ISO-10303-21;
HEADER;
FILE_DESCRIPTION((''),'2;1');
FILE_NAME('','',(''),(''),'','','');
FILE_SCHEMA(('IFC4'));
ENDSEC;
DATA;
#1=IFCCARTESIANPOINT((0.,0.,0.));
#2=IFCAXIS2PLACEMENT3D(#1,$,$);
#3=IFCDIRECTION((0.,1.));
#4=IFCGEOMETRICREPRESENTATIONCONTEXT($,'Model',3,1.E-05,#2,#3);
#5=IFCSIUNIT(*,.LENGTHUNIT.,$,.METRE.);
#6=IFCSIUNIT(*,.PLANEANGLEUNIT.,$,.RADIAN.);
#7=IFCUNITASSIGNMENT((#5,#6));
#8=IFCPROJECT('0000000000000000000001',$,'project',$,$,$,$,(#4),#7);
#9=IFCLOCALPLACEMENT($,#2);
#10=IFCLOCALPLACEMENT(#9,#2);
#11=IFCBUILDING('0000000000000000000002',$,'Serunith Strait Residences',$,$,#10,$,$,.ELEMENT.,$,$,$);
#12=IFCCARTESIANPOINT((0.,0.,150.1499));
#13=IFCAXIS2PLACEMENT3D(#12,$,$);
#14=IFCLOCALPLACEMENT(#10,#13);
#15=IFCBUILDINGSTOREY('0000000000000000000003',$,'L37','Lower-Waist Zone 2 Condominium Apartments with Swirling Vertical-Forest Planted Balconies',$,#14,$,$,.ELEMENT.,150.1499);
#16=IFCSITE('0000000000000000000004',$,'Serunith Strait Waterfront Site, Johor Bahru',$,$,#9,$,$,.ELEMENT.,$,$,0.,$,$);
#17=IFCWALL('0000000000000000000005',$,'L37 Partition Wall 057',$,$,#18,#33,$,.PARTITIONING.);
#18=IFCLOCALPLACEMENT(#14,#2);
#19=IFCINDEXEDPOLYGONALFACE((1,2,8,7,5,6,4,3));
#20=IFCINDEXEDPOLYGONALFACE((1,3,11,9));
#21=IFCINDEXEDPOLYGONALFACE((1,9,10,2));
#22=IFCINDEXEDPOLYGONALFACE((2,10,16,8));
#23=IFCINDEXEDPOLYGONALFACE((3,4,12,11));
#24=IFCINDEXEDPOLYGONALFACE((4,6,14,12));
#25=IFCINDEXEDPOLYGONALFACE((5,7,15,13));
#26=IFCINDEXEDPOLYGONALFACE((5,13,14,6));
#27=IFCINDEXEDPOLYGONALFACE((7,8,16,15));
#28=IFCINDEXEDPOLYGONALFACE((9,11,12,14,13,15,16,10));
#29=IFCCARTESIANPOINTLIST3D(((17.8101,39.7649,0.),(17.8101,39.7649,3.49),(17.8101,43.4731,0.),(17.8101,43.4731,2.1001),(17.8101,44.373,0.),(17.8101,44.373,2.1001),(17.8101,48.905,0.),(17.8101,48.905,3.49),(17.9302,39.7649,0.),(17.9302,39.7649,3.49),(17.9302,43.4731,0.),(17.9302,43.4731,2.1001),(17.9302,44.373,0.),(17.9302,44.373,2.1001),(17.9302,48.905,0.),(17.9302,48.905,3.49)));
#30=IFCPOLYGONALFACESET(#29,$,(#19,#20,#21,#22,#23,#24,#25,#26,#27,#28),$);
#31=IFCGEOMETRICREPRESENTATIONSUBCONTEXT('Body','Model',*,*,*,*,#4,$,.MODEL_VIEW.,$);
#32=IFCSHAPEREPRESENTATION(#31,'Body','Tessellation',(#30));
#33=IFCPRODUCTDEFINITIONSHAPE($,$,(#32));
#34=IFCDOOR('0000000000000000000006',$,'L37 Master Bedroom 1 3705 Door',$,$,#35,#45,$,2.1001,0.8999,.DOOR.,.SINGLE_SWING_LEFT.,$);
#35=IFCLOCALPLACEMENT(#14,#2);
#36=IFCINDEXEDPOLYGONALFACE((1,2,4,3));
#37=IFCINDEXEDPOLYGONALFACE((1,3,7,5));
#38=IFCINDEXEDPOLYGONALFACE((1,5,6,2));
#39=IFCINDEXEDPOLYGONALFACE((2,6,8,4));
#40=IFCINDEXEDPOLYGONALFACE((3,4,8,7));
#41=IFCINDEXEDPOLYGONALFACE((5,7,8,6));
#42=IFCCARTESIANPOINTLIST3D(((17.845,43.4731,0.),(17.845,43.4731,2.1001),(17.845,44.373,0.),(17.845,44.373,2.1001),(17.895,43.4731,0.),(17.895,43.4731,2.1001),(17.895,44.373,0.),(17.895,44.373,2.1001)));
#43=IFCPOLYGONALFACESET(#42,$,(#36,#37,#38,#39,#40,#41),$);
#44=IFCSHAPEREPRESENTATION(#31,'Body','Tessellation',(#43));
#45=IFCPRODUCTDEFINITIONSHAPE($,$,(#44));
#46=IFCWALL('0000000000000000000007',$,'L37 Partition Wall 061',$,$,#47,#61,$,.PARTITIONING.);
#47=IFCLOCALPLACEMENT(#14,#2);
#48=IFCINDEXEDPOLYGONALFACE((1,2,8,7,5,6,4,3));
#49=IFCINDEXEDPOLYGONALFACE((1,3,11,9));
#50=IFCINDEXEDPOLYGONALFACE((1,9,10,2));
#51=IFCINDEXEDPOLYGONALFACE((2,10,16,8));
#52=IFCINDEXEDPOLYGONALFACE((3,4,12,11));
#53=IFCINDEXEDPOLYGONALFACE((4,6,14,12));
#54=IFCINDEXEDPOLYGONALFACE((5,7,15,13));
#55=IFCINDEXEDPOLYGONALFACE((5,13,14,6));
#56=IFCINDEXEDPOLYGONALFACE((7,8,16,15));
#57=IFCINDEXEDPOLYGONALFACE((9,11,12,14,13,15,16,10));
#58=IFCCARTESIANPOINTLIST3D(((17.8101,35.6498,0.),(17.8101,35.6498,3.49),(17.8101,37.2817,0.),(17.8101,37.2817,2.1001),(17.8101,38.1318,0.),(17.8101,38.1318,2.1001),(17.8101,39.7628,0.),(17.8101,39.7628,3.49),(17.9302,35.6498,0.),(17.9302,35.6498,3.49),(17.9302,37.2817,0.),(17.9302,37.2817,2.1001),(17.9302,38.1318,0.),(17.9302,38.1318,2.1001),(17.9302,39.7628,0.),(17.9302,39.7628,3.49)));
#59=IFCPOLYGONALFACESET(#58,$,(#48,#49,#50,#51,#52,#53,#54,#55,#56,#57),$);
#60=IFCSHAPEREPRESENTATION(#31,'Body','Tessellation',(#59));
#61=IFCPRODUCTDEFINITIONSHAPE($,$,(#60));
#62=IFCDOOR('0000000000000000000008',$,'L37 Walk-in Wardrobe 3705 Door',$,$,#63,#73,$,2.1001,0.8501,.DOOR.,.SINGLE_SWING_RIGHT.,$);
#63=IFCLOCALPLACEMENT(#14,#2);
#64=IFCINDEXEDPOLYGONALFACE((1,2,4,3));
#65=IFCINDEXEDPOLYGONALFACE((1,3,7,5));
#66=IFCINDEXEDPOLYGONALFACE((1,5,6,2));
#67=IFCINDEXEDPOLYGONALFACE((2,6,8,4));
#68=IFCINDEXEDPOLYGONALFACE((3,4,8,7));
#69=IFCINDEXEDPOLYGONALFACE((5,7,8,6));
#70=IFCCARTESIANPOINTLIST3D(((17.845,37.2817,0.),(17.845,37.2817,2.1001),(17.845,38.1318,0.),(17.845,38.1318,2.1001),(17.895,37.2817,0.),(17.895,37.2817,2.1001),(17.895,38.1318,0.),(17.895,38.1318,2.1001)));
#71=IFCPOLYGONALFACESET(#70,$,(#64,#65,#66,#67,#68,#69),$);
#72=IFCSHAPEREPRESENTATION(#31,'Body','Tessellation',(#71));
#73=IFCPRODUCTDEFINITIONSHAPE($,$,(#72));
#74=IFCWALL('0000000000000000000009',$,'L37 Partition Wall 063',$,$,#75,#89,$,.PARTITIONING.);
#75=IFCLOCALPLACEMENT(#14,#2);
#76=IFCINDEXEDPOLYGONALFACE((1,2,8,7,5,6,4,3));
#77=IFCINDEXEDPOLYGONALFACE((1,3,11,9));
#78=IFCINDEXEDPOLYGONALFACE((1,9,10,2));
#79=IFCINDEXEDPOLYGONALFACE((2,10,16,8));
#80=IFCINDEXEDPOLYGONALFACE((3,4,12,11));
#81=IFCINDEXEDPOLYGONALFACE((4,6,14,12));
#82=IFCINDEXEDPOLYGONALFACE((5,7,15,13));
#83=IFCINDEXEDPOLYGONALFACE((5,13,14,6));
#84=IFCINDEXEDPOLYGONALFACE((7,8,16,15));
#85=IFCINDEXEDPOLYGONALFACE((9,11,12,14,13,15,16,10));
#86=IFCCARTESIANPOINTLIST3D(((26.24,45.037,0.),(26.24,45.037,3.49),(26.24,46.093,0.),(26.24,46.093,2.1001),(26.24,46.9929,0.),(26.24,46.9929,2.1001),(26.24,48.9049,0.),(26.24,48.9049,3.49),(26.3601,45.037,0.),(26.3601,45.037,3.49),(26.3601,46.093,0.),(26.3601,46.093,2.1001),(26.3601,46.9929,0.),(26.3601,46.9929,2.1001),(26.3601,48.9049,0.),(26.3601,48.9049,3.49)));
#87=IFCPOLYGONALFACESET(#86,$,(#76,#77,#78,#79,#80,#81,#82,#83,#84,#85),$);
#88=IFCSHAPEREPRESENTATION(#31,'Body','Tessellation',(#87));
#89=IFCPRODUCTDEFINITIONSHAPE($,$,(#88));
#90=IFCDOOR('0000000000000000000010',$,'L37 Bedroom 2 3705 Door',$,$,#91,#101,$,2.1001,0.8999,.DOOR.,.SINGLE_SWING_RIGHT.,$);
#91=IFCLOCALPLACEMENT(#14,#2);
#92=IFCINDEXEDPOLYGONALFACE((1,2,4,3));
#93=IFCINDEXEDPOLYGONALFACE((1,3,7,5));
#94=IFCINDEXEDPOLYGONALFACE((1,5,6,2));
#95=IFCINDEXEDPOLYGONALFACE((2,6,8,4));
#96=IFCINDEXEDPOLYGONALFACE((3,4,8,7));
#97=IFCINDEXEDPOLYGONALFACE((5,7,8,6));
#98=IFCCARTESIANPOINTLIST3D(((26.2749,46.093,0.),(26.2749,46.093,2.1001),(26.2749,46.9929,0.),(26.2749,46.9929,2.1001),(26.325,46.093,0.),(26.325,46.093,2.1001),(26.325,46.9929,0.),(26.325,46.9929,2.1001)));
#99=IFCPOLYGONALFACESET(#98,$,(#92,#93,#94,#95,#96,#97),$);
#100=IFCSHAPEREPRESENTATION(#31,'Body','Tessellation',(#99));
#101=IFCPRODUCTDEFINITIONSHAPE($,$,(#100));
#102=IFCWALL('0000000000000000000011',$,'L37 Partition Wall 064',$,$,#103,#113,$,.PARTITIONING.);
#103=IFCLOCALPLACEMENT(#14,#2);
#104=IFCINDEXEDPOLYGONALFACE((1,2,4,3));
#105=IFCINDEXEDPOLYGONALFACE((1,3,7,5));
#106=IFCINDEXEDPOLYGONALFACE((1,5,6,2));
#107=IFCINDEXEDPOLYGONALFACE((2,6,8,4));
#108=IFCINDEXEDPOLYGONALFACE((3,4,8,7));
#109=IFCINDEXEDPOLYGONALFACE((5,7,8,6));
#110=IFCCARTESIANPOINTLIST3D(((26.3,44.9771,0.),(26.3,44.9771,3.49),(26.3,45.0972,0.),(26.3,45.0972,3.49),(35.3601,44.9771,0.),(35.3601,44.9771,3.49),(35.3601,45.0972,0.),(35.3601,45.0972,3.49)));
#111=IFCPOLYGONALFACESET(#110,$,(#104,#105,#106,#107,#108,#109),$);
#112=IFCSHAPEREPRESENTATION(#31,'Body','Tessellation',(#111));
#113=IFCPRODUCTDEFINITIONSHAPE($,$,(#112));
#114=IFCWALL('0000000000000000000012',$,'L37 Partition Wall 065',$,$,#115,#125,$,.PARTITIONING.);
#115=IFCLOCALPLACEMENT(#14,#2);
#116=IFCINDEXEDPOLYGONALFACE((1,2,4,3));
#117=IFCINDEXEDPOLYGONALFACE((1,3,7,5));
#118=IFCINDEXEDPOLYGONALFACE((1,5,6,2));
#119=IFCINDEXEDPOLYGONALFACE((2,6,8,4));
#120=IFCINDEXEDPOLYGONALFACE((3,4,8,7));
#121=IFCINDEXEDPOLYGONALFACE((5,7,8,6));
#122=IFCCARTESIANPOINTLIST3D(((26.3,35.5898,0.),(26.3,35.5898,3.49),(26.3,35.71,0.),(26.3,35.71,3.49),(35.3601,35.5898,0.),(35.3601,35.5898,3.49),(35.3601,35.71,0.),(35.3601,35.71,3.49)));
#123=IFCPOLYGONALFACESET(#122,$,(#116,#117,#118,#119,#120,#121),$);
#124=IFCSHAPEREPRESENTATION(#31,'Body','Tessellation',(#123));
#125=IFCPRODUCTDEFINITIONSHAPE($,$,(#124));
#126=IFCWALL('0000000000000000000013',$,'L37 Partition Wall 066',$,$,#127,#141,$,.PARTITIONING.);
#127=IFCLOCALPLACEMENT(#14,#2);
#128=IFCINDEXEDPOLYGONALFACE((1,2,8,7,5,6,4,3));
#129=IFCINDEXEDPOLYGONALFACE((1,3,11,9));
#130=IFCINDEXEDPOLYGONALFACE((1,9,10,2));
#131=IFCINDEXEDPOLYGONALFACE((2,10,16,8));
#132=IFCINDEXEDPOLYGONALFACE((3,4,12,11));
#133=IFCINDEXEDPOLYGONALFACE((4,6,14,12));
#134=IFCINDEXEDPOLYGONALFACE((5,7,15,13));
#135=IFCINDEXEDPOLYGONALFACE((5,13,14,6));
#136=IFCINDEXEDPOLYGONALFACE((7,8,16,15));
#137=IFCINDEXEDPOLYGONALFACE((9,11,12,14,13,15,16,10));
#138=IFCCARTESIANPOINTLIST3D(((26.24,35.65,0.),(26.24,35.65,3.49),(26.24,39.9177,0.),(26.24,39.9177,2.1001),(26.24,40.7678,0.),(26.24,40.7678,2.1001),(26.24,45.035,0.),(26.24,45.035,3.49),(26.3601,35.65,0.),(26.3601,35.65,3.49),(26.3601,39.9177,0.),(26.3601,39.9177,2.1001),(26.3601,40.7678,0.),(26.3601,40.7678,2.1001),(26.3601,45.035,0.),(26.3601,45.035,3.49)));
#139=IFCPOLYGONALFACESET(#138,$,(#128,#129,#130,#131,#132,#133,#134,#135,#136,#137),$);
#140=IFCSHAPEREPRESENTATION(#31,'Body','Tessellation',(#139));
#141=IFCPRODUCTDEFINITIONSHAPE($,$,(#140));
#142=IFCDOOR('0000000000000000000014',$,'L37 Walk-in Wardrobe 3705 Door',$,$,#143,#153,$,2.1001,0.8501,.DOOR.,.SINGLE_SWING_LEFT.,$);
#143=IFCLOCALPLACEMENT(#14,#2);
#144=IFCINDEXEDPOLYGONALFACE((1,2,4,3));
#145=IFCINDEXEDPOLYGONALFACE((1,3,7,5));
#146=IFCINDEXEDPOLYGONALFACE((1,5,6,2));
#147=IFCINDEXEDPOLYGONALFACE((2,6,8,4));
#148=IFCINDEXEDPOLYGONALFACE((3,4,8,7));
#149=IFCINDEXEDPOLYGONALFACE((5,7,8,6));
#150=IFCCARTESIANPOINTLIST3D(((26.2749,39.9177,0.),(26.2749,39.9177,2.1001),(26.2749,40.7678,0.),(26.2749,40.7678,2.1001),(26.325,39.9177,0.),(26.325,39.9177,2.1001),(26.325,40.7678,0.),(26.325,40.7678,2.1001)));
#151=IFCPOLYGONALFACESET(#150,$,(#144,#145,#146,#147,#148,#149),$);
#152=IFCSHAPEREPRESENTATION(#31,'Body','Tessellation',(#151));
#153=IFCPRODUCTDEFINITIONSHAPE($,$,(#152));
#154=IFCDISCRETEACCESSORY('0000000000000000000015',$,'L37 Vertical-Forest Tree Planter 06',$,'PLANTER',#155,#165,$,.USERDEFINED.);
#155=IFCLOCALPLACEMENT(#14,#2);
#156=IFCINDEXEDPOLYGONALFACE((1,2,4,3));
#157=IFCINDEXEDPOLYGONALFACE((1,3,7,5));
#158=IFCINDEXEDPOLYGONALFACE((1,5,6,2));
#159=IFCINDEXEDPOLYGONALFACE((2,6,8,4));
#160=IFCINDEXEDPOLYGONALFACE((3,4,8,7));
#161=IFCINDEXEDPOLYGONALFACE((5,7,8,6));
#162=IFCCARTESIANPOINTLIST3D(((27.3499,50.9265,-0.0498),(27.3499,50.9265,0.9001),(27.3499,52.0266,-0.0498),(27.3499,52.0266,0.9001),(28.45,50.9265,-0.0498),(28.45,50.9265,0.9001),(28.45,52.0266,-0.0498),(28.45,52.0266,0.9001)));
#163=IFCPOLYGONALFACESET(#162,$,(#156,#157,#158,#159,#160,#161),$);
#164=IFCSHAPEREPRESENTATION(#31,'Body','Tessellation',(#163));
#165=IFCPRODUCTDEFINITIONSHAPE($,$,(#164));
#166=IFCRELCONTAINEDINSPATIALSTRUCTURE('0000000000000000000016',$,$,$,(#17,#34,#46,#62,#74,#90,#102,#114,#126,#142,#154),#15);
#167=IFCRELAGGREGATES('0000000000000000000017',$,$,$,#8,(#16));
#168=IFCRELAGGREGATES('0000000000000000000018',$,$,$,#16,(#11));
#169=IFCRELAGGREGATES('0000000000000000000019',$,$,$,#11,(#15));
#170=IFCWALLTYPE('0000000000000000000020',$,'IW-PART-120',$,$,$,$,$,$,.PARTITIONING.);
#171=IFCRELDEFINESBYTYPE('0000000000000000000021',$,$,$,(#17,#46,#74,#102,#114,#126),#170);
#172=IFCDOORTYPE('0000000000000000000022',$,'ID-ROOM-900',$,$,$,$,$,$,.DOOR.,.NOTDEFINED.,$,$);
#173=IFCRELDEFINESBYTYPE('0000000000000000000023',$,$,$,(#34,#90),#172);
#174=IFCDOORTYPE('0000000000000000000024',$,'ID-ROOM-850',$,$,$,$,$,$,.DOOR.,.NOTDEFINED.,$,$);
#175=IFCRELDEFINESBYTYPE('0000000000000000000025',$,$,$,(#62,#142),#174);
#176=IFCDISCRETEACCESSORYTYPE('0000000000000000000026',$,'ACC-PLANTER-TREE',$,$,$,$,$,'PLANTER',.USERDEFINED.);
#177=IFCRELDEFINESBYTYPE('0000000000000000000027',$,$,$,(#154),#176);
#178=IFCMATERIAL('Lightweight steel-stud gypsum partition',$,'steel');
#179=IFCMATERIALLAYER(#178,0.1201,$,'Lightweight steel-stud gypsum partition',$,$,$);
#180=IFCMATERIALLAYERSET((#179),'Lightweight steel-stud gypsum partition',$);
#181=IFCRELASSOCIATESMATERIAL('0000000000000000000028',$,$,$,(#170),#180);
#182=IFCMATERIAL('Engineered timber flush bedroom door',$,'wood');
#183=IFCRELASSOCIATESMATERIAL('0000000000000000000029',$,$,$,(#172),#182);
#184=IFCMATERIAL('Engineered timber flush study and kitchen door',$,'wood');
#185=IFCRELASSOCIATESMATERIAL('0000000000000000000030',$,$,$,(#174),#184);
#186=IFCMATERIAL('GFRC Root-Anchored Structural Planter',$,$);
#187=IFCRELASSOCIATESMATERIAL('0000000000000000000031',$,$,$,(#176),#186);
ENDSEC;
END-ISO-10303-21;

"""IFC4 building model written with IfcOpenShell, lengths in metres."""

from ifc_helpers import new_model, si_unit, direction, frame, frame_2d, origin, origin_2d, place, context, subcontext, project, spatial, rectangle, extrude, source, transform, mapped, material, layer, layer_set, type_object, element, fill, save


model = new_model("IFC4")

# Units and contexts
model_context = context("Model", 3, precision=1e-05, world=origin(), true_north=direction((0.0, 1.0)))
body_context = subcontext(model_context, "Body", "Model", "MODEL_VIEW")
ifc_project = project(units=[si_unit("LENGTHUNIT", "METRE"), si_unit("PLANEANGLEUNIT", "RADIAN")], contexts=[model_context])

# Site, building, storey
site_placement = place(None, origin())
site = spatial("IfcSite", under=ifc_project, at=site_placement, Name="Serunith Strait Waterfront Site, Johor Bahru", CompositionType="ELEMENT", RefElevation=0.0)
building_placement = place(site_placement, origin())
building = spatial("IfcBuilding", under=site, at=building_placement, Name="Serunith Strait Residences", CompositionType="ELEMENT")
storey_placement = place(building_placement, frame((0.0, 0.0, 150.1499)))
storey = spatial("IfcBuildingStorey", under=building, at=storey_placement, Name="L37", Description="Lower-Waist Zone 2 Condominium Apartments with Swirling Vertical-Forest Planted Balconies", CompositionType="ELEMENT", Elevation=150.1499)

# Shared definitions
ifc_material_1 = material(Name="Lightweight steel-stud gypsum partition", Category="steel")
ifc_layer_1 = layer(ifc_material_1, 0.1201, Name="Lightweight steel-stud gypsum partition")
ifc_layer_set_1 = layer_set([ifc_layer_1], Name="Lightweight steel-stud gypsum partition")
wall_type = type_object("IfcWallType", Name="IW-PART-120", PredefinedType="PARTITIONING", material=ifc_layer_set_1)

# Walls, openings, doors
wall_1_placement = place(storey_placement, frame((17.8701, 48.905, 0.0), z_axis=(0.0, 0.0, 1.0), x_axis=(0.0, -1.0, 0.0)))
wall_1 = element("IfcWall", 1, at=wall_1_placement, inside=storey, type_object=wall_type, Name="L37 Partition Wall 057", PredefinedType="PARTITIONING", context=body_context, shape_type="SweptSolid", body=[
    extrude(rectangle(XDim=9.1401, YDim=0.1201, at=frame_2d((4.5701, 0.0))), origin(), (0.0, 0.0, 1.0), 3.49),
])
opening_1_placement = place(wall_1_placement, frame((4.532, 0.0, 0.0)))
opening_1 = element("IfcOpeningElement", 2, at=opening_1_placement, cuts=wall_1, PredefinedType="OPENING", context=body_context, shape_type="SweptSolid", body=[
    extrude(rectangle(XDim=0.8999, YDim=2.1001, at=frame_2d((0.45, 1.05))), frame((0.0, 0.0701, 0.0), z_axis=(0.0, -1.0, 0.0), x_axis=(1.0, 0.0, 0.0)), (0.0, 0.0, 1.0), 0.1401),
])
ifc_material_2 = material(Name="Engineered timber flush bedroom door", Category="wood")
door_type_1 = type_object("IfcDoorType", Name="ID-ROOM-900", OperationType="NOTDEFINED", PredefinedType="DOOR", material=ifc_material_2)
shared_shape_1 = source(origin(), body_context, "Body", "SweptSolid", [
    extrude(rectangle(XDim=0.8999, YDim=2.1001, at=frame_2d((0.45, 1.05))), frame((0.0, 0.0249, 0.0), z_axis=(0.0, -1.0, 0.0), x_axis=(1.0, 0.0, 0.0)), (0.0, 0.0, 1.0), 0.05),
])
door_1_placement = place(opening_1_placement, origin())
door_1 = element("IfcDoor", 3, at=door_1_placement, inside=storey, type_object=door_type_1, Name="L37 Master Bedroom 1 3705 Door", OperationType="SINGLE_SWING_LEFT", OverallHeight=2.1001, OverallWidth=0.8999, PredefinedType="DOOR", context=body_context, shape_type="MappedRepresentation", body=[
    mapped(shared_shape_1, transform((0.0, 0.0, 0.0), scale=1.0)),
])
fill(opening_1, door_1)
wall_2_placement = place(storey_placement, frame((17.8701, 39.7629, 0.0), z_axis=(0.0, 0.0, 1.0), x_axis=(0.0, -1.0, 0.0)))
wall_2 = element("IfcWall", 4, at=wall_2_placement, inside=storey, type_object=wall_type, Name="L37 Partition Wall 061", PredefinedType="PARTITIONING", context=body_context, shape_type="SweptSolid", body=[
    extrude(rectangle(XDim=4.113, YDim=0.1201, at=frame_2d((2.0566, 0.0))), origin(), (0.0, 0.0, 1.0), 3.49),
])
opening_2_placement = place(wall_2_placement, frame((1.6311, 0.0, 0.0)))
opening_2 = element("IfcOpeningElement", 5, at=opening_2_placement, cuts=wall_2, PredefinedType="OPENING", context=body_context, shape_type="SweptSolid", body=[
    extrude(rectangle(XDim=0.8501, YDim=2.1001, at=frame_2d((0.425, 1.05))), frame((0.0, 0.0701, 0.0), z_axis=(0.0, -1.0, 0.0), x_axis=(1.0, 0.0, 0.0)), (0.0, 0.0, 1.0), 0.1401),
])
ifc_material_3 = material(Name="Engineered timber flush study and kitchen door", Category="wood")
door_type_2 = type_object("IfcDoorType", Name="ID-ROOM-850", OperationType="NOTDEFINED", PredefinedType="DOOR", material=ifc_material_3)
shared_shape_2 = source(origin(), body_context, "Body", "SweptSolid", [
    extrude(rectangle(XDim=0.8501, YDim=2.1001, at=frame_2d((0.425, 1.05))), frame((0.0, 0.0249, 0.0), z_axis=(0.0, -1.0, 0.0), x_axis=(1.0, 0.0, 0.0)), (0.0, 0.0, 1.0), 0.05),
])
door_2_placement = place(opening_2_placement, origin())
door_2 = element("IfcDoor", 6, at=door_2_placement, inside=storey, type_object=door_type_2, Name="L37 Walk-in Wardrobe 3705 Door", OperationType="SINGLE_SWING_RIGHT", OverallHeight=2.1001, OverallWidth=0.8501, PredefinedType="DOOR", context=body_context, shape_type="MappedRepresentation", body=[
    mapped(shared_shape_2, transform((0.0, 0.0, 0.0), scale=1.0)),
])
fill(opening_2, door_2)
wall_3_placement = place(storey_placement, frame((26.3, 48.905, 0.0), z_axis=(0.0, 0.0, 1.0), x_axis=(0.0, -1.0, 0.0)))
wall_3 = element("IfcWall", 7, at=wall_3_placement, inside=storey, type_object=wall_type, Name="L37 Partition Wall 063", PredefinedType="PARTITIONING", context=body_context, shape_type="SweptSolid", body=[
    extrude(rectangle(XDim=3.8679, YDim=0.1201, at=frame_2d((1.9341, 0.0))), origin(), (0.0, 0.0, 1.0), 3.49),
])
opening_3_placement = place(wall_3_placement, frame((1.9121, 0.0, 0.0)))
opening_3 = element("IfcOpeningElement", 8, at=opening_3_placement, cuts=wall_3, PredefinedType="OPENING", context=body_context, shape_type="SweptSolid", body=[
    extrude(rectangle(XDim=0.8999, YDim=2.1001, at=frame_2d((0.45, 1.05))), frame((0.0, 0.0701, 0.0), z_axis=(0.0, -1.0, 0.0), x_axis=(1.0, 0.0, 0.0)), (0.0, 0.0, 1.0), 0.1401),
])
door_3_placement = place(opening_3_placement, origin())
door_3 = element("IfcDoor", 9, at=door_3_placement, inside=storey, type_object=door_type_1, Name="L37 Bedroom 2 3705 Door", OperationType="SINGLE_SWING_RIGHT", OverallHeight=2.1001, OverallWidth=0.8999, PredefinedType="DOOR", context=body_context, shape_type="MappedRepresentation", body=[
    mapped(shared_shape_1, transform((0.0, 0.0, 0.0), scale=1.0)),
])
fill(opening_3, door_3)

# Walls
for number, where, z_axis, x_axis, name in (
    (10, (26.3, 45.0371, 0.0), (0.0, 0.0, 1.0), (1.0, 0.0, 0.0), "L37 Partition Wall 064"),
    (11, (26.3, 35.6499, 0.0), (0.0, 0.0, 1.0), (1.0, 0.0, 0.0), "L37 Partition Wall 065"),
):
    element("IfcWall", number, at=place(storey_placement, frame(where, z_axis=z_axis, x_axis=x_axis)), inside=storey, type_object=wall_type, Name=name, PredefinedType="PARTITIONING", context=body_context, shape_type="SweptSolid", body=[
        extrude(rectangle(XDim=9.0601, YDim=0.1201, at=frame_2d((4.53, 0.0))), origin(), (0.0, 0.0, 1.0), 3.49),
    ])

# Wall, opening, door
wall_4_placement = place(storey_placement, frame((26.3, 45.0349, 0.0), z_axis=(0.0, 0.0, 1.0), x_axis=(0.0, -1.0, 0.0)))
wall_4 = element("IfcWall", 12, at=wall_4_placement, inside=storey, type_object=wall_type, Name="L37 Partition Wall 066", PredefinedType="PARTITIONING", context=body_context, shape_type="SweptSolid", body=[
    extrude(rectangle(XDim=9.385, YDim=0.1201, at=frame_2d((4.6924, 0.0))), origin(), (0.0, 0.0, 1.0), 3.49),
])
opening_4_placement = place(wall_4_placement, frame((4.2671, 0.0, 0.0)))
opening_4 = element("IfcOpeningElement", 13, at=opening_4_placement, cuts=wall_4, PredefinedType="OPENING", context=body_context, shape_type="SweptSolid", body=[
    extrude(rectangle(XDim=0.8501, YDim=2.1001, at=frame_2d((0.425, 1.05))), frame((0.0, 0.0701, 0.0), z_axis=(0.0, -1.0, 0.0), x_axis=(1.0, 0.0, 0.0)), (0.0, 0.0, 1.0), 0.1401),
])
door_4_placement = place(opening_4_placement, origin())
door_4 = element("IfcDoor", 14, at=door_4_placement, inside=storey, type_object=door_type_2, Name="L37 Walk-in Wardrobe 3705 Door", OperationType="SINGLE_SWING_LEFT", OverallHeight=2.1001, OverallWidth=0.8501, PredefinedType="DOOR", context=body_context, shape_type="MappedRepresentation", body=[
    mapped(shared_shape_2, transform((0.0, 0.0, 0.0), scale=1.0)),
])
fill(opening_4, door_4)

# Discrete accessory
ifc_material_4 = material(Name="GFRC Root-Anchored Structural Planter")
discrete_accessory_type = type_object("IfcDiscreteAccessoryType", Name="ACC-PLANTER-TREE", ElementType="PLANTER", PredefinedType="USERDEFINED", material=ifc_material_4)
shared_shape_3 = source(origin(), body_context, "Body", "SweptSolid", [
    extrude(rectangle(XDim=1.1001, YDim=1.1001, at=origin_2d()), origin(), (0.0, 0.0, 1.0), 0.95),
])
discrete_accessory_placement = place(storey_placement, frame((27.8999, 51.4766, -0.0498), z_axis=(0.0, 0.0, 1.0), x_axis=(-1.0, 0.0, 0.0)))
element("IfcDiscreteAccessory", 15, at=discrete_accessory_placement, inside=storey, type_object=discrete_accessory_type, Name="L37 Vertical-Forest Tree Planter 06", ObjectType="PLANTER", PredefinedType="USERDEFINED", context=body_context, shape_type="MappedRepresentation", body=[
    mapped(shared_shape_3, transform((0.0, 0.0, 0.0), scale=1.0)),
])

save(model, "model.ifc")
